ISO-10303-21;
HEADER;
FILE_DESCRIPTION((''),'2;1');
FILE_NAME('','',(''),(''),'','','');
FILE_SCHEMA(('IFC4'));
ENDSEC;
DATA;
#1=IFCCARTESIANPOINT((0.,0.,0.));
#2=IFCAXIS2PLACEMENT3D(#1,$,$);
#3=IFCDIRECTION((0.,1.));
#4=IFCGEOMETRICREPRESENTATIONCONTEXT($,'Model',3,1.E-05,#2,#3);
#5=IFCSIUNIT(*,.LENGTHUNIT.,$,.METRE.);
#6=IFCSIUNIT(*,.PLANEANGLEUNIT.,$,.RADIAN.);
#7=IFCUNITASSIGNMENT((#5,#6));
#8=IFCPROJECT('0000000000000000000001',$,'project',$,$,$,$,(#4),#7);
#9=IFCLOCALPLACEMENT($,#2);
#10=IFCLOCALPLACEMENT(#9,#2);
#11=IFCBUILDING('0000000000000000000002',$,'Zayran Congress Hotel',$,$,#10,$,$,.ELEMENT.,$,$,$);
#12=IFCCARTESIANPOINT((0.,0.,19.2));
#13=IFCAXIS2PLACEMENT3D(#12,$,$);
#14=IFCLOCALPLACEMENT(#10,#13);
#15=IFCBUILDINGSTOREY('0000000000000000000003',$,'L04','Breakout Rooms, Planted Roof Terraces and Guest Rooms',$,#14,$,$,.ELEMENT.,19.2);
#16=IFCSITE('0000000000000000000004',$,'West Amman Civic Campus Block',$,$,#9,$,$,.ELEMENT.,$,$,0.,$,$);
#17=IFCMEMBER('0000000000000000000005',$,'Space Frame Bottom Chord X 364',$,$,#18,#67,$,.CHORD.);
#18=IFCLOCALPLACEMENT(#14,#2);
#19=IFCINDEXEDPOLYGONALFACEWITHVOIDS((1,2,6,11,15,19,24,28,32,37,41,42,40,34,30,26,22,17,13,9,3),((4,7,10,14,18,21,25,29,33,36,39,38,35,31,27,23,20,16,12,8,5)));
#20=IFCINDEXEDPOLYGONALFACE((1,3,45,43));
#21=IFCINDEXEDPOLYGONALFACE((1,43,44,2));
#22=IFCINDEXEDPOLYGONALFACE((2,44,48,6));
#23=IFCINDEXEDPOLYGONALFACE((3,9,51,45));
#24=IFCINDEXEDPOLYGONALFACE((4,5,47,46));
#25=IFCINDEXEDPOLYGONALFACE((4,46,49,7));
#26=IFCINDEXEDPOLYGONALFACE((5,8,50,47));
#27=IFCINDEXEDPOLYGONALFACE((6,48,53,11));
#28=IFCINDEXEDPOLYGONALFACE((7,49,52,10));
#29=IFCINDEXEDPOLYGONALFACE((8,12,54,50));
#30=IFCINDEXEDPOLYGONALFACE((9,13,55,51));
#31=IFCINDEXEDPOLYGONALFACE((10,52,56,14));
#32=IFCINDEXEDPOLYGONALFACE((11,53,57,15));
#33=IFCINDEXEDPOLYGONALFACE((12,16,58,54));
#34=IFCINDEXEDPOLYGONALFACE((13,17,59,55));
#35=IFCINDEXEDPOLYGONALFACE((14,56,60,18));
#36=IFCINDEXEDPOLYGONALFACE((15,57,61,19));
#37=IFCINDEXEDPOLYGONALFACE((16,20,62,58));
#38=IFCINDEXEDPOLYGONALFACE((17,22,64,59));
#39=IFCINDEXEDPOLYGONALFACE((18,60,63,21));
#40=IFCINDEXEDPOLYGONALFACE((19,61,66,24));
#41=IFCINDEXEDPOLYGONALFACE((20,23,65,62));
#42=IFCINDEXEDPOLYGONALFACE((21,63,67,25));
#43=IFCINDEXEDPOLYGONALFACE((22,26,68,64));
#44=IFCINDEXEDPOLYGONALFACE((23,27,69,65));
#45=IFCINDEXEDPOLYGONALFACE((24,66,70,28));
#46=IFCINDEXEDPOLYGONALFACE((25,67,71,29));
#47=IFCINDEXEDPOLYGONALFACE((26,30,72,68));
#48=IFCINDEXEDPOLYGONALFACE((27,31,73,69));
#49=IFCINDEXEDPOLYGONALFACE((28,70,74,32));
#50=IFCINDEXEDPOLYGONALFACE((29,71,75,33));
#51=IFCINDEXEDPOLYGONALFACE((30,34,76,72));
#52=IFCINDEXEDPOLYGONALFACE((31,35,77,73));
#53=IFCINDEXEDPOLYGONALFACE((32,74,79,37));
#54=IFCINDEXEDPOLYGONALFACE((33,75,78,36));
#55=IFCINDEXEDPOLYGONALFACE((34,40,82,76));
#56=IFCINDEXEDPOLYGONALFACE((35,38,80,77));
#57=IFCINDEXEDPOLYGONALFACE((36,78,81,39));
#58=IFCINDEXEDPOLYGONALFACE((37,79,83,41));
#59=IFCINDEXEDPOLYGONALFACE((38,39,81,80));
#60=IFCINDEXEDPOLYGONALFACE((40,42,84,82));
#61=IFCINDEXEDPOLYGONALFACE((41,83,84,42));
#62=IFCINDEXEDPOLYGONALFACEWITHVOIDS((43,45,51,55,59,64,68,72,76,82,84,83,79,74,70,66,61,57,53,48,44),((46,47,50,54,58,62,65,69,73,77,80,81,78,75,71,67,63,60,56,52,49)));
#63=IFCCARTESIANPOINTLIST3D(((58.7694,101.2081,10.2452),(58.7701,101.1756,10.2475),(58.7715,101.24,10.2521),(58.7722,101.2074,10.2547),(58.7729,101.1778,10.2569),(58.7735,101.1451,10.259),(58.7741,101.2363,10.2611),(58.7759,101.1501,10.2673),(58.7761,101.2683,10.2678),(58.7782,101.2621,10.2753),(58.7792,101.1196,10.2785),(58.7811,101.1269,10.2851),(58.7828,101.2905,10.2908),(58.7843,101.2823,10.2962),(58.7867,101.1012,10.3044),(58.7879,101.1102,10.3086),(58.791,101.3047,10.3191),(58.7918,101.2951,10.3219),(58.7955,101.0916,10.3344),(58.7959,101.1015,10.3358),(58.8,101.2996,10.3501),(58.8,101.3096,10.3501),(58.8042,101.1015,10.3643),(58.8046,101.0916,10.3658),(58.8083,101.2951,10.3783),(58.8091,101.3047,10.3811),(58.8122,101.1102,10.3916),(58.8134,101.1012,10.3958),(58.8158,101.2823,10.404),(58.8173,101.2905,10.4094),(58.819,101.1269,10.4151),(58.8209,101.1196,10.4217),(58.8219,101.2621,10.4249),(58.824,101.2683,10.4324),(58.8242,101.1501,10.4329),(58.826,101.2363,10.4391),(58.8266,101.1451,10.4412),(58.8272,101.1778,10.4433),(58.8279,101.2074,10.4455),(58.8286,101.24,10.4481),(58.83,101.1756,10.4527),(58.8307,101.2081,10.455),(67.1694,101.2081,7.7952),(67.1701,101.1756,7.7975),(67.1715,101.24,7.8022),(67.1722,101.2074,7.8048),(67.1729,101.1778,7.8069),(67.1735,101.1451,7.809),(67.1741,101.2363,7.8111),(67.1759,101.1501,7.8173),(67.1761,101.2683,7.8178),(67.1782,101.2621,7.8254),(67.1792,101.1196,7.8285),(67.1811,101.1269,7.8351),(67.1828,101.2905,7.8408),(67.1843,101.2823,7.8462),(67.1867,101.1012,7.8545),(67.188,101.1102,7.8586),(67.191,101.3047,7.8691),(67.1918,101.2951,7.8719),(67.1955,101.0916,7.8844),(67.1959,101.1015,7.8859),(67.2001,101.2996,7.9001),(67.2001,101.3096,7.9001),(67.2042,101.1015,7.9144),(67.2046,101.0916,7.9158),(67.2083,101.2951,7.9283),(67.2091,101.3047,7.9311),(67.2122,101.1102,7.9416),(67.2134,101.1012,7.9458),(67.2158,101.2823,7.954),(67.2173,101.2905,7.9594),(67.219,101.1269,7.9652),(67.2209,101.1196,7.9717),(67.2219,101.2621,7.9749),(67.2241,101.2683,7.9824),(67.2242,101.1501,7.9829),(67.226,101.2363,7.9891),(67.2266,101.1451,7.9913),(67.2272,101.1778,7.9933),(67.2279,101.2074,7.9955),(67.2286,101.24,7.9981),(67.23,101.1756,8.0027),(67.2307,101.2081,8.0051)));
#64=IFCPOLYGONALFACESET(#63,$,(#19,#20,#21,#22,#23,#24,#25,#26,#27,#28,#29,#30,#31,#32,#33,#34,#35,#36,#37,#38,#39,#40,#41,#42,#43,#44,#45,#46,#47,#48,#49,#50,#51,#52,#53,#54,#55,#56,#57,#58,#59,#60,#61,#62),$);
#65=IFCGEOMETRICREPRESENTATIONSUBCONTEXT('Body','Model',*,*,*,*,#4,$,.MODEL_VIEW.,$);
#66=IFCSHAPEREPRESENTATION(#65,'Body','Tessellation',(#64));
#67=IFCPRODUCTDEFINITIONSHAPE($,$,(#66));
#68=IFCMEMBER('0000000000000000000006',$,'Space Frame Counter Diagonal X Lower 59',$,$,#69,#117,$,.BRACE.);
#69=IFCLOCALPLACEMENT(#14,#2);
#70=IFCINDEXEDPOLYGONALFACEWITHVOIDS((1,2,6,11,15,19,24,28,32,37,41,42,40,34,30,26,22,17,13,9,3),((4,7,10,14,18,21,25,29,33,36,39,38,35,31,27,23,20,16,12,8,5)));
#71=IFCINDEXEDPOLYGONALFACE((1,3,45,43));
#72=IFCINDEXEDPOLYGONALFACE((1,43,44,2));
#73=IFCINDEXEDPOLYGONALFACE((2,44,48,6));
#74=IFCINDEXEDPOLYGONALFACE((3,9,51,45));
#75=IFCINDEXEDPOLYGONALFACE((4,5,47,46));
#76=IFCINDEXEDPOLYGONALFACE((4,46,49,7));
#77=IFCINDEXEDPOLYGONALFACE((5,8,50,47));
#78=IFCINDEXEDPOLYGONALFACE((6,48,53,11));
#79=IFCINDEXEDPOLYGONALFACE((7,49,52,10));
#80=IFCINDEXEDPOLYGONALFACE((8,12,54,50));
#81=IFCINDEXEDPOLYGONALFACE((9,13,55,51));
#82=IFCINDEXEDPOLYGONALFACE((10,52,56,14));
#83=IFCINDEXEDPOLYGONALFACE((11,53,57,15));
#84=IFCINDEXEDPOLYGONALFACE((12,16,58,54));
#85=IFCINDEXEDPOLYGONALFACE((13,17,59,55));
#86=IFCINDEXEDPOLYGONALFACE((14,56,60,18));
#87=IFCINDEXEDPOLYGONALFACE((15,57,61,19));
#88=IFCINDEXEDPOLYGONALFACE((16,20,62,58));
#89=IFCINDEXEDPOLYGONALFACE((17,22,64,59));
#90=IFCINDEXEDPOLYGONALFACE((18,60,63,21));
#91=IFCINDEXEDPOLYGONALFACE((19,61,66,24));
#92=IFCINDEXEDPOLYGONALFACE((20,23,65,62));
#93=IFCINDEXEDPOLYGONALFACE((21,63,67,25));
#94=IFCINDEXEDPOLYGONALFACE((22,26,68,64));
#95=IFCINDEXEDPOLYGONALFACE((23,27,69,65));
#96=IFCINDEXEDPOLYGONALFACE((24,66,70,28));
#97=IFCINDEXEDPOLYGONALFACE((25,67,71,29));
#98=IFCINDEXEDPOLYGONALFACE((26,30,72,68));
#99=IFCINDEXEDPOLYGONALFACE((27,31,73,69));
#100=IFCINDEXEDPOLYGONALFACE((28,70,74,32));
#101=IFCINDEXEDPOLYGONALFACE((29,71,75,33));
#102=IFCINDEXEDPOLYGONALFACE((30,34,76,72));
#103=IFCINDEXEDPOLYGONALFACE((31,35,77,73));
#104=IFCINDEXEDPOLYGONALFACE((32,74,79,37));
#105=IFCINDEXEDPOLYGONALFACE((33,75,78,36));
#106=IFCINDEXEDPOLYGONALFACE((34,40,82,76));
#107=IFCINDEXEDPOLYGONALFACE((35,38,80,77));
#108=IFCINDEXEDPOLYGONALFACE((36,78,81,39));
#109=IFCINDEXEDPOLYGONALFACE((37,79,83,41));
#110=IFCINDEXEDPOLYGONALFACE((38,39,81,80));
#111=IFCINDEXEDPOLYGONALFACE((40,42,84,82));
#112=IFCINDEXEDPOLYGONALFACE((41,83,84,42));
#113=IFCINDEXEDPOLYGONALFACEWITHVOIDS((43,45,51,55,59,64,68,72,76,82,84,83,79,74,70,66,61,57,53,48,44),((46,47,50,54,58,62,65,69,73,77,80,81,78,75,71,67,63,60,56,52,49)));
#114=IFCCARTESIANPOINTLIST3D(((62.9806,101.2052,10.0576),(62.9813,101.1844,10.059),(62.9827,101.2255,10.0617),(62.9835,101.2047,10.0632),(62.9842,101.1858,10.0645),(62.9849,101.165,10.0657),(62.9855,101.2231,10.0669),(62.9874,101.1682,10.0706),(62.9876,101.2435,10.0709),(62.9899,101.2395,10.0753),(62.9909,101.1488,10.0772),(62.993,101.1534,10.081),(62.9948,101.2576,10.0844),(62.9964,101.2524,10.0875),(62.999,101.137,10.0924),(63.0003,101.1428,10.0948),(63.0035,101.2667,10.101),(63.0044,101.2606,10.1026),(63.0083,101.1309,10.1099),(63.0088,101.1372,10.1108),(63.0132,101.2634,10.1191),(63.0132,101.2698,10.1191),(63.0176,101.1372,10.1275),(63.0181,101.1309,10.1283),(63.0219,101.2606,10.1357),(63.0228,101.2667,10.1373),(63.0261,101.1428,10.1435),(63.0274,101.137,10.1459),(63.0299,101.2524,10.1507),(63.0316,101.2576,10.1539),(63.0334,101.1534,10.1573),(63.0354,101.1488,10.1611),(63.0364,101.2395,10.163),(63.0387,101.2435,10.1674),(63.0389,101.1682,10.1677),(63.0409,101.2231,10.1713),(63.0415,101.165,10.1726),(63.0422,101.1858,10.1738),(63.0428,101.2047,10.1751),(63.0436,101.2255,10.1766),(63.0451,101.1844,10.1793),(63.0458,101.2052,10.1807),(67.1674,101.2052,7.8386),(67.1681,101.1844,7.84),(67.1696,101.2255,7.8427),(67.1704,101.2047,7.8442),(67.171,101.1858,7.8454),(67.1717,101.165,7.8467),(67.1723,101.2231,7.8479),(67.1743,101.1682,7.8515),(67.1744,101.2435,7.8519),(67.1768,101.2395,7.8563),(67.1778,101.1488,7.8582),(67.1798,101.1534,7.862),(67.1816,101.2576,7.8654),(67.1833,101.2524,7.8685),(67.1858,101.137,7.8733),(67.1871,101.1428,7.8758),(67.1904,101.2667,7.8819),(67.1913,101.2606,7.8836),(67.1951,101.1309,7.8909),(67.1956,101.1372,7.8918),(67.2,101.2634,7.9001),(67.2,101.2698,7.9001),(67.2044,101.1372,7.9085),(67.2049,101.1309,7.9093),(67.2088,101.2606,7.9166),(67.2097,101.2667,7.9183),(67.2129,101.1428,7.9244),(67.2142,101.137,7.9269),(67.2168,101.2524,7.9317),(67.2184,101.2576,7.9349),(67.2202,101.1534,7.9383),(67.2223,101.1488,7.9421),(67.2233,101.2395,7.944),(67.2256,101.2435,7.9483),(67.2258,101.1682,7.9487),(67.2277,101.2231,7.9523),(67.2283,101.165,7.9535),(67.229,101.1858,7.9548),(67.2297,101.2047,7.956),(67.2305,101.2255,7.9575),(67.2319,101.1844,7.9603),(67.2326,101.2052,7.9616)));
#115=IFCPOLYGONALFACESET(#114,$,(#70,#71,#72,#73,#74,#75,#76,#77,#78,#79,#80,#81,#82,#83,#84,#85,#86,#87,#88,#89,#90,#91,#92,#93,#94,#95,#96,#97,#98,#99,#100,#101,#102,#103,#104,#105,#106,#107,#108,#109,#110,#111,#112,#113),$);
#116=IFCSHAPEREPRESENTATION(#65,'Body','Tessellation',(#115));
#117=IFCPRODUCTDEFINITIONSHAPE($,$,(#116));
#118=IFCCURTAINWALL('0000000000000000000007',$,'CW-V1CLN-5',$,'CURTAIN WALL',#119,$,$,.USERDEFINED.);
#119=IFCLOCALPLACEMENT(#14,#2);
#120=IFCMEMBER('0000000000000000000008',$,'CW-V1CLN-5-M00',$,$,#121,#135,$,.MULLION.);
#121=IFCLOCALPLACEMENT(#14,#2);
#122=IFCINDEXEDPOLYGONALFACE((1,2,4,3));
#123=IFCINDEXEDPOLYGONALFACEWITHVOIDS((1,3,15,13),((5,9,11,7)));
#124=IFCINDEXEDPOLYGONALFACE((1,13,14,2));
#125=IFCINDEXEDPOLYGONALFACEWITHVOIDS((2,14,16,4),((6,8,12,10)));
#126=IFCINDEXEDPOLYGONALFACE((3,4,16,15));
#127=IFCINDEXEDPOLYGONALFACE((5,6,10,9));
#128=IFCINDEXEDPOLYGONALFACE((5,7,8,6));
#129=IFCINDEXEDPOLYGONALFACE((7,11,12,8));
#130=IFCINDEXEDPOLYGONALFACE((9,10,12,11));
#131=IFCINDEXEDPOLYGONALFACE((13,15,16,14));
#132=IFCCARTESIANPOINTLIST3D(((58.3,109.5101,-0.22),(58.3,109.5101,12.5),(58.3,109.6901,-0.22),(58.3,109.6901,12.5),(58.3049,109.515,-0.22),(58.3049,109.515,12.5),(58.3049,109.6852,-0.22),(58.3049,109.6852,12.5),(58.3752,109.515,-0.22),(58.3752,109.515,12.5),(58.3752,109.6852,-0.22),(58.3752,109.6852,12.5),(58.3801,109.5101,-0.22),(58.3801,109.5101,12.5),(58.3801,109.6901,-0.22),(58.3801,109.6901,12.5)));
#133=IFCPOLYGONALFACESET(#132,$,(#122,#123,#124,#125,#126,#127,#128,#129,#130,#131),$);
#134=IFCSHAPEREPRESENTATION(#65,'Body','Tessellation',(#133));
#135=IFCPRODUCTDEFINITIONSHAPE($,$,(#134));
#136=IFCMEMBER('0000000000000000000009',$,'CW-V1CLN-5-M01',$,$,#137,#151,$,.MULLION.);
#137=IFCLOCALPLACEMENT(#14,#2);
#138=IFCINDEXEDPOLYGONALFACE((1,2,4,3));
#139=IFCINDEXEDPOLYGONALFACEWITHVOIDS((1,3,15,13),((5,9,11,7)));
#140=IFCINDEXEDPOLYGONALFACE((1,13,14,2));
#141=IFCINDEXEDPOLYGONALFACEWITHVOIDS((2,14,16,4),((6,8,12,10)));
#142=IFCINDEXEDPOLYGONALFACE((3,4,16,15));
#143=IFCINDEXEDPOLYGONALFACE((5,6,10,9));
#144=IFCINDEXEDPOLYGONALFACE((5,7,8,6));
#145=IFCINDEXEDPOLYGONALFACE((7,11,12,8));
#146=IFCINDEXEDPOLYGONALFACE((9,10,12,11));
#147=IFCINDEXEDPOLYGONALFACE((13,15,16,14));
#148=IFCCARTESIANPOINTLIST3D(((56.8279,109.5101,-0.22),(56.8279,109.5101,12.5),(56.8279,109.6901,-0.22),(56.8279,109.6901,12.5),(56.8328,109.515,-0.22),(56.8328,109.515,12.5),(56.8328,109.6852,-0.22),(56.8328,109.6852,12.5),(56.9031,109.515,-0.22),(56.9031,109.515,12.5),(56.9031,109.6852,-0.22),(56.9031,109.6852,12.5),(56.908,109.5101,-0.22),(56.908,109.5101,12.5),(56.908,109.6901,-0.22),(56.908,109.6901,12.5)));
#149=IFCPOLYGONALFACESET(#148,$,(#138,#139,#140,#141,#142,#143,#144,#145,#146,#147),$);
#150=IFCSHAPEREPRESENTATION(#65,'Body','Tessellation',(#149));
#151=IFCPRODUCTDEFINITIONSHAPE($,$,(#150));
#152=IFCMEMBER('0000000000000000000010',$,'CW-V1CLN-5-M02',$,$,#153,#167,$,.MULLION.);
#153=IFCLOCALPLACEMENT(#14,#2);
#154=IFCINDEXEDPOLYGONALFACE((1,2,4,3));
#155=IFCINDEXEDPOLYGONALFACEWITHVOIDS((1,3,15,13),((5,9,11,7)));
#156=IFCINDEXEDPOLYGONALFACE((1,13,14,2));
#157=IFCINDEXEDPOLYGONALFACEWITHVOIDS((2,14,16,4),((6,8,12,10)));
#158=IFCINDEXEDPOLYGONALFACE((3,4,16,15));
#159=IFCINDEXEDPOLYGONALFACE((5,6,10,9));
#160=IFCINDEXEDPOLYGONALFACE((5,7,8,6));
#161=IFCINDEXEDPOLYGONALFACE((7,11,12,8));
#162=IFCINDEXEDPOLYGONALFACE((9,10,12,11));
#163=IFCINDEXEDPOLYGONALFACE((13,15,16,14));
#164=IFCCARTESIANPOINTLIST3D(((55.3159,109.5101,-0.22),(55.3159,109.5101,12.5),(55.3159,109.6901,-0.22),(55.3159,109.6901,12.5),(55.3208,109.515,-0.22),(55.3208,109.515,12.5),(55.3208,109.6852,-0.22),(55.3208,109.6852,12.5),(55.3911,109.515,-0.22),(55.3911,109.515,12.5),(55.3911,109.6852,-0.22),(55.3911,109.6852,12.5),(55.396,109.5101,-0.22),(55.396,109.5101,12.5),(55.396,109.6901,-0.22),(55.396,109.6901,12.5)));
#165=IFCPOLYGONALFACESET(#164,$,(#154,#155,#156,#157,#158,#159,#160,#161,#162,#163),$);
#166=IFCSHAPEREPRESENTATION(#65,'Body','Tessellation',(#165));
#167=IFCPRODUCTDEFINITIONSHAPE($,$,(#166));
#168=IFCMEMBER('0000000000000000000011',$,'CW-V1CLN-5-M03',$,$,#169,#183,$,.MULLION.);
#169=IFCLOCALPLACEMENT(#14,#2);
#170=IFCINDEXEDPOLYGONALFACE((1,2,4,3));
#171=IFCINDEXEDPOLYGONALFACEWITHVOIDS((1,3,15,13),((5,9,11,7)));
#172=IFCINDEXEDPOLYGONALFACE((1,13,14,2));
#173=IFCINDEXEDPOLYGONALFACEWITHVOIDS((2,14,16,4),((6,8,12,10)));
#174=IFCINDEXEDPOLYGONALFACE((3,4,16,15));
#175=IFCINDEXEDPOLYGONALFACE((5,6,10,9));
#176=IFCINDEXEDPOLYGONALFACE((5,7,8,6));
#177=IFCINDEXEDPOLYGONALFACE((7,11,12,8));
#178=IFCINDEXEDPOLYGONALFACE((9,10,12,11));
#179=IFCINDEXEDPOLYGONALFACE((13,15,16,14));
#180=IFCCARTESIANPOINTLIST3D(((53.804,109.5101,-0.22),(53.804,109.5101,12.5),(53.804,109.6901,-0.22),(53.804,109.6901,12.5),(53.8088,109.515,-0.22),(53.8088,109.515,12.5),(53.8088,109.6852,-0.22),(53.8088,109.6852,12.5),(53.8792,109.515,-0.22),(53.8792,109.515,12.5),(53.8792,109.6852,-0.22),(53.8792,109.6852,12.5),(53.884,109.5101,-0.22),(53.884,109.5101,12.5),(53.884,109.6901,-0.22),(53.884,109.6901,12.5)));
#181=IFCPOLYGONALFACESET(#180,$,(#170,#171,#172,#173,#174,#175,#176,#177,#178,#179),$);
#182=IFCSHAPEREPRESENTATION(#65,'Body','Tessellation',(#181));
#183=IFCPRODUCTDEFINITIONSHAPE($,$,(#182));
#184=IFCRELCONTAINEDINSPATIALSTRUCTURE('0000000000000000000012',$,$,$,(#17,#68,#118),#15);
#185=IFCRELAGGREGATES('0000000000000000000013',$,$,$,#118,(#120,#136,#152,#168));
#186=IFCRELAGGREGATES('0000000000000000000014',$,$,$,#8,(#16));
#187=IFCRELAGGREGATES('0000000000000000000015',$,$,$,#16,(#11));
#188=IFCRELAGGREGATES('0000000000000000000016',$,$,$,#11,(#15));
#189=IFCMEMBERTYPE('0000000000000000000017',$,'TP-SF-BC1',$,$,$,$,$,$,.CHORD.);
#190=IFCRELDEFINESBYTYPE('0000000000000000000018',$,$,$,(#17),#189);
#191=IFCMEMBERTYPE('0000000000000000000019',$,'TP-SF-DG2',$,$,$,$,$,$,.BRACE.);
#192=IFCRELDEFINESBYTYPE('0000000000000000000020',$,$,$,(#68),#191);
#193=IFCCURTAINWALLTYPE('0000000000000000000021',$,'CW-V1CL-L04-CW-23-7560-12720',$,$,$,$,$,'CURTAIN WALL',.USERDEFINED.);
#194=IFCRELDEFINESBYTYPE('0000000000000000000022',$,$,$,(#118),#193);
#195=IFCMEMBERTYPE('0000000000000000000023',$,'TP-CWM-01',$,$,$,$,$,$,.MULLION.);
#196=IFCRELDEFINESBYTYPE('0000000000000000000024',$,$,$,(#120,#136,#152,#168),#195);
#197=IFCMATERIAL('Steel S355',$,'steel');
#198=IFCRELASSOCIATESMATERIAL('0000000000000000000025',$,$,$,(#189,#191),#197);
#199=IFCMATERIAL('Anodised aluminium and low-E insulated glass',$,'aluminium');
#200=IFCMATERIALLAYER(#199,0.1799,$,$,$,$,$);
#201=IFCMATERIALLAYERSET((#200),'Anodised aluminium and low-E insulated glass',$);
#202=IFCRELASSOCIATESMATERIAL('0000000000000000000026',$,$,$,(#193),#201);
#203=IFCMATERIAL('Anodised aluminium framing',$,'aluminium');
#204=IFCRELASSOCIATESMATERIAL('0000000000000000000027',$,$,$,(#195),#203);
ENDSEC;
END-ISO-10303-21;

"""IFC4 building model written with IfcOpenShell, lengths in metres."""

from ifc_helpers import new_model, si_unit, direction, frame, origin, origin_2d, place, context, subcontext, project, spatial, hollow_rectangle, hollow_circle, extrude, material, layer, layer_set, material_profile, profile_set, type_object, element, aggregate, save


model = new_model("IFC4")

# Units and contexts
model_context = context("Model", 3, precision=1e-05, world=origin(), true_north=direction((0.0, 1.0)))
body_context = subcontext(model_context, "Body", "Model", "MODEL_VIEW")
ifc_project = project(units=[si_unit("LENGTHUNIT", "METRE"), si_unit("PLANEANGLEUNIT", "RADIAN")], contexts=[model_context])

# Site, building, storey
site_placement = place(None, origin())
site = spatial("IfcSite", under=ifc_project, at=site_placement, Name="West Amman Civic Campus Block", CompositionType="ELEMENT", RefElevation=0.0)
building_placement = place(site_placement, origin())
building = spatial("IfcBuilding", under=site, at=building_placement, Name="Zayran Congress Hotel", CompositionType="ELEMENT")
storey_placement = place(building_placement, frame((0.0, 0.0, 19.2)))
storey = spatial("IfcBuildingStorey", under=building, at=storey_placement, Name="L04", Description="Breakout Rooms, Planted Roof Terraces and Guest Rooms", CompositionType="ELEMENT", Elevation=19.2)

# Members
ifc_material_1 = material(Name="Steel S355", Category="steel")
ifc_material_profile_1 = material_profile(ifc_material_1, hollow_circle(Radius=0.1096, WallThickness=0.01, at=origin_2d()), Name="CHS 219.1x10")
ifc_profile_set_1 = profile_set([ifc_material_profile_1], Name="Steel S355")
member_type_1 = type_object("IfcMemberType", Name="TP-SF-BC1", PredefinedType="CHORD", material=ifc_profile_set_1)
member_1_placement = place(storey_placement, frame((58.8, 101.2, 10.3501), z_axis=(0.960001, 0.0, -0.279998), x_axis=(0.0, 1.0, 0.0)))
element("IfcMember", 1, at=member_1_placement, inside=storey, type_object=member_type_1, Name="Space Frame Bottom Chord X 364", PredefinedType="CHORD", context=body_context, shape_type="SweptSolid", body=[
    extrude(hollow_circle(Radius=0.1096, WallThickness=0.01, at=origin_2d()), origin(), (0.0, 0.0, 1.0), 8.75),
])
ifc_material_profile_2 = material_profile(ifc_material_1, hollow_circle(Radius=0.0698, WallThickness=0.0063, at=origin_2d()), Name="CHS 139.7x6.3")
ifc_profile_set_2 = profile_set([ifc_material_profile_2], Name="Steel S355")
member_type_2 = type_object("IfcMemberType", Name="TP-SF-DG2", PredefinedType="BRACE", material=ifc_profile_set_2)
member_2_placement = place(storey_placement, frame((63.0132, 101.2, 10.1191), z_axis=(0.883572, 0.0, -0.468295), x_axis=(0.0, 1.0, 0.0)))
element("IfcMember", 2, at=member_2_placement, inside=storey, type_object=member_type_2, Name="Space Frame Counter Diagonal X Lower 59", PredefinedType="BRACE", context=body_context, shape_type="SweptSolid", body=[
    extrude(hollow_circle(Radius=0.0698, WallThickness=0.0063, at=origin_2d()), origin(), (0.0, 0.0, 1.0), 4.7385),
])

# Curtain wall, members
ifc_material_2 = material(Name="Anodised aluminium and low-E insulated glass", Category="aluminium")
ifc_layer_1 = layer(ifc_material_2, 0.1799)
ifc_layer_set_1 = layer_set([ifc_layer_1], Name="Anodised aluminium and low-E insulated glass")
curtain_wall_type = type_object("IfcCurtainWallType", Name="CW-V1CL-L04-CW-23-7560-12720", ElementType="CURTAIN WALL", PredefinedType="USERDEFINED", material=ifc_layer_set_1)
curtain_wall_placement = place(storey_placement, origin())
curtain_wall = element("IfcCurtainWall", 3, at=curtain_wall_placement, inside=storey, type_object=curtain_wall_type, Name="CW-V1CLN-5", ObjectType="CURTAIN WALL", PredefinedType="USERDEFINED")
ifc_material_3 = material(Name="Anodised aluminium framing", Category="aluminium")
ifc_material_profile_3 = material_profile(ifc_material_3, hollow_rectangle(XDim=0.0801, YDim=0.1799, WallThickness=0.0049, at=origin_2d()), Name="RHS 180x80x5")
ifc_profile_set_3 = profile_set([ifc_material_profile_3], Name="Anodised aluminium framing")
member_type_3 = type_object("IfcMemberType", Name="TP-CWM-01", PredefinedType="MULLION", material=ifc_profile_set_3)
member_3_placement = place(storey_placement, frame((58.3401, 109.6001, -0.22), z_axis=(0.0, 0.0, 1.0), x_axis=(1.0, 0.0, 0.0)))
member_3 = element("IfcMember", 4, at=member_3_placement, type_object=member_type_3, Name="CW-V1CLN-5-M00", PredefinedType="MULLION", context=body_context, shape_type="SweptSolid", body=[
    extrude(hollow_rectangle(XDim=0.0801, YDim=0.1799, WallThickness=0.0049, at=origin_2d()), origin(), (0.0, 0.0, 1.0), 12.72),
])
member_4_placement = place(storey_placement, frame((56.8679, 109.6001, -0.22), z_axis=(0.0, 0.0, 1.0), x_axis=(1.0, 0.0, 0.0)))
member_4 = element("IfcMember", 5, at=member_4_placement, type_object=member_type_3, Name="CW-V1CLN-5-M01", PredefinedType="MULLION", context=body_context, shape_type="SweptSolid", body=[
    extrude(hollow_rectangle(XDim=0.0801, YDim=0.1799, WallThickness=0.0049, at=origin_2d()), origin(), (0.0, 0.0, 1.0), 12.72),
])
member_5_placement = place(storey_placement, frame((55.356, 109.6001, -0.22), z_axis=(0.0, 0.0, 1.0), x_axis=(1.0, 0.0, 0.0)))
member_5 = element("IfcMember", 6, at=member_5_placement, type_object=member_type_3, Name="CW-V1CLN-5-M02", PredefinedType="MULLION", context=body_context, shape_type="SweptSolid", body=[
    extrude(hollow_rectangle(XDim=0.0801, YDim=0.1799, WallThickness=0.0049, at=origin_2d()), origin(), (0.0, 0.0, 1.0), 12.72),
])
member_6_placement = place(storey_placement, frame((53.844, 109.6001, -0.22), z_axis=(0.0, 0.0, 1.0), x_axis=(1.0, 0.0, 0.0)))
member_6 = element("IfcMember", 7, at=member_6_placement, type_object=member_type_3, Name="CW-V1CLN-5-M03", PredefinedType="MULLION", context=body_context, shape_type="SweptSolid", body=[
    extrude(hollow_rectangle(XDim=0.0801, YDim=0.1799, WallThickness=0.0049, at=origin_2d()), origin(), (0.0, 0.0, 1.0), 12.72),
])

aggregate(curtain_wall, [member_3, member_4, member_5, member_6])

save(model, "model.ifc")
